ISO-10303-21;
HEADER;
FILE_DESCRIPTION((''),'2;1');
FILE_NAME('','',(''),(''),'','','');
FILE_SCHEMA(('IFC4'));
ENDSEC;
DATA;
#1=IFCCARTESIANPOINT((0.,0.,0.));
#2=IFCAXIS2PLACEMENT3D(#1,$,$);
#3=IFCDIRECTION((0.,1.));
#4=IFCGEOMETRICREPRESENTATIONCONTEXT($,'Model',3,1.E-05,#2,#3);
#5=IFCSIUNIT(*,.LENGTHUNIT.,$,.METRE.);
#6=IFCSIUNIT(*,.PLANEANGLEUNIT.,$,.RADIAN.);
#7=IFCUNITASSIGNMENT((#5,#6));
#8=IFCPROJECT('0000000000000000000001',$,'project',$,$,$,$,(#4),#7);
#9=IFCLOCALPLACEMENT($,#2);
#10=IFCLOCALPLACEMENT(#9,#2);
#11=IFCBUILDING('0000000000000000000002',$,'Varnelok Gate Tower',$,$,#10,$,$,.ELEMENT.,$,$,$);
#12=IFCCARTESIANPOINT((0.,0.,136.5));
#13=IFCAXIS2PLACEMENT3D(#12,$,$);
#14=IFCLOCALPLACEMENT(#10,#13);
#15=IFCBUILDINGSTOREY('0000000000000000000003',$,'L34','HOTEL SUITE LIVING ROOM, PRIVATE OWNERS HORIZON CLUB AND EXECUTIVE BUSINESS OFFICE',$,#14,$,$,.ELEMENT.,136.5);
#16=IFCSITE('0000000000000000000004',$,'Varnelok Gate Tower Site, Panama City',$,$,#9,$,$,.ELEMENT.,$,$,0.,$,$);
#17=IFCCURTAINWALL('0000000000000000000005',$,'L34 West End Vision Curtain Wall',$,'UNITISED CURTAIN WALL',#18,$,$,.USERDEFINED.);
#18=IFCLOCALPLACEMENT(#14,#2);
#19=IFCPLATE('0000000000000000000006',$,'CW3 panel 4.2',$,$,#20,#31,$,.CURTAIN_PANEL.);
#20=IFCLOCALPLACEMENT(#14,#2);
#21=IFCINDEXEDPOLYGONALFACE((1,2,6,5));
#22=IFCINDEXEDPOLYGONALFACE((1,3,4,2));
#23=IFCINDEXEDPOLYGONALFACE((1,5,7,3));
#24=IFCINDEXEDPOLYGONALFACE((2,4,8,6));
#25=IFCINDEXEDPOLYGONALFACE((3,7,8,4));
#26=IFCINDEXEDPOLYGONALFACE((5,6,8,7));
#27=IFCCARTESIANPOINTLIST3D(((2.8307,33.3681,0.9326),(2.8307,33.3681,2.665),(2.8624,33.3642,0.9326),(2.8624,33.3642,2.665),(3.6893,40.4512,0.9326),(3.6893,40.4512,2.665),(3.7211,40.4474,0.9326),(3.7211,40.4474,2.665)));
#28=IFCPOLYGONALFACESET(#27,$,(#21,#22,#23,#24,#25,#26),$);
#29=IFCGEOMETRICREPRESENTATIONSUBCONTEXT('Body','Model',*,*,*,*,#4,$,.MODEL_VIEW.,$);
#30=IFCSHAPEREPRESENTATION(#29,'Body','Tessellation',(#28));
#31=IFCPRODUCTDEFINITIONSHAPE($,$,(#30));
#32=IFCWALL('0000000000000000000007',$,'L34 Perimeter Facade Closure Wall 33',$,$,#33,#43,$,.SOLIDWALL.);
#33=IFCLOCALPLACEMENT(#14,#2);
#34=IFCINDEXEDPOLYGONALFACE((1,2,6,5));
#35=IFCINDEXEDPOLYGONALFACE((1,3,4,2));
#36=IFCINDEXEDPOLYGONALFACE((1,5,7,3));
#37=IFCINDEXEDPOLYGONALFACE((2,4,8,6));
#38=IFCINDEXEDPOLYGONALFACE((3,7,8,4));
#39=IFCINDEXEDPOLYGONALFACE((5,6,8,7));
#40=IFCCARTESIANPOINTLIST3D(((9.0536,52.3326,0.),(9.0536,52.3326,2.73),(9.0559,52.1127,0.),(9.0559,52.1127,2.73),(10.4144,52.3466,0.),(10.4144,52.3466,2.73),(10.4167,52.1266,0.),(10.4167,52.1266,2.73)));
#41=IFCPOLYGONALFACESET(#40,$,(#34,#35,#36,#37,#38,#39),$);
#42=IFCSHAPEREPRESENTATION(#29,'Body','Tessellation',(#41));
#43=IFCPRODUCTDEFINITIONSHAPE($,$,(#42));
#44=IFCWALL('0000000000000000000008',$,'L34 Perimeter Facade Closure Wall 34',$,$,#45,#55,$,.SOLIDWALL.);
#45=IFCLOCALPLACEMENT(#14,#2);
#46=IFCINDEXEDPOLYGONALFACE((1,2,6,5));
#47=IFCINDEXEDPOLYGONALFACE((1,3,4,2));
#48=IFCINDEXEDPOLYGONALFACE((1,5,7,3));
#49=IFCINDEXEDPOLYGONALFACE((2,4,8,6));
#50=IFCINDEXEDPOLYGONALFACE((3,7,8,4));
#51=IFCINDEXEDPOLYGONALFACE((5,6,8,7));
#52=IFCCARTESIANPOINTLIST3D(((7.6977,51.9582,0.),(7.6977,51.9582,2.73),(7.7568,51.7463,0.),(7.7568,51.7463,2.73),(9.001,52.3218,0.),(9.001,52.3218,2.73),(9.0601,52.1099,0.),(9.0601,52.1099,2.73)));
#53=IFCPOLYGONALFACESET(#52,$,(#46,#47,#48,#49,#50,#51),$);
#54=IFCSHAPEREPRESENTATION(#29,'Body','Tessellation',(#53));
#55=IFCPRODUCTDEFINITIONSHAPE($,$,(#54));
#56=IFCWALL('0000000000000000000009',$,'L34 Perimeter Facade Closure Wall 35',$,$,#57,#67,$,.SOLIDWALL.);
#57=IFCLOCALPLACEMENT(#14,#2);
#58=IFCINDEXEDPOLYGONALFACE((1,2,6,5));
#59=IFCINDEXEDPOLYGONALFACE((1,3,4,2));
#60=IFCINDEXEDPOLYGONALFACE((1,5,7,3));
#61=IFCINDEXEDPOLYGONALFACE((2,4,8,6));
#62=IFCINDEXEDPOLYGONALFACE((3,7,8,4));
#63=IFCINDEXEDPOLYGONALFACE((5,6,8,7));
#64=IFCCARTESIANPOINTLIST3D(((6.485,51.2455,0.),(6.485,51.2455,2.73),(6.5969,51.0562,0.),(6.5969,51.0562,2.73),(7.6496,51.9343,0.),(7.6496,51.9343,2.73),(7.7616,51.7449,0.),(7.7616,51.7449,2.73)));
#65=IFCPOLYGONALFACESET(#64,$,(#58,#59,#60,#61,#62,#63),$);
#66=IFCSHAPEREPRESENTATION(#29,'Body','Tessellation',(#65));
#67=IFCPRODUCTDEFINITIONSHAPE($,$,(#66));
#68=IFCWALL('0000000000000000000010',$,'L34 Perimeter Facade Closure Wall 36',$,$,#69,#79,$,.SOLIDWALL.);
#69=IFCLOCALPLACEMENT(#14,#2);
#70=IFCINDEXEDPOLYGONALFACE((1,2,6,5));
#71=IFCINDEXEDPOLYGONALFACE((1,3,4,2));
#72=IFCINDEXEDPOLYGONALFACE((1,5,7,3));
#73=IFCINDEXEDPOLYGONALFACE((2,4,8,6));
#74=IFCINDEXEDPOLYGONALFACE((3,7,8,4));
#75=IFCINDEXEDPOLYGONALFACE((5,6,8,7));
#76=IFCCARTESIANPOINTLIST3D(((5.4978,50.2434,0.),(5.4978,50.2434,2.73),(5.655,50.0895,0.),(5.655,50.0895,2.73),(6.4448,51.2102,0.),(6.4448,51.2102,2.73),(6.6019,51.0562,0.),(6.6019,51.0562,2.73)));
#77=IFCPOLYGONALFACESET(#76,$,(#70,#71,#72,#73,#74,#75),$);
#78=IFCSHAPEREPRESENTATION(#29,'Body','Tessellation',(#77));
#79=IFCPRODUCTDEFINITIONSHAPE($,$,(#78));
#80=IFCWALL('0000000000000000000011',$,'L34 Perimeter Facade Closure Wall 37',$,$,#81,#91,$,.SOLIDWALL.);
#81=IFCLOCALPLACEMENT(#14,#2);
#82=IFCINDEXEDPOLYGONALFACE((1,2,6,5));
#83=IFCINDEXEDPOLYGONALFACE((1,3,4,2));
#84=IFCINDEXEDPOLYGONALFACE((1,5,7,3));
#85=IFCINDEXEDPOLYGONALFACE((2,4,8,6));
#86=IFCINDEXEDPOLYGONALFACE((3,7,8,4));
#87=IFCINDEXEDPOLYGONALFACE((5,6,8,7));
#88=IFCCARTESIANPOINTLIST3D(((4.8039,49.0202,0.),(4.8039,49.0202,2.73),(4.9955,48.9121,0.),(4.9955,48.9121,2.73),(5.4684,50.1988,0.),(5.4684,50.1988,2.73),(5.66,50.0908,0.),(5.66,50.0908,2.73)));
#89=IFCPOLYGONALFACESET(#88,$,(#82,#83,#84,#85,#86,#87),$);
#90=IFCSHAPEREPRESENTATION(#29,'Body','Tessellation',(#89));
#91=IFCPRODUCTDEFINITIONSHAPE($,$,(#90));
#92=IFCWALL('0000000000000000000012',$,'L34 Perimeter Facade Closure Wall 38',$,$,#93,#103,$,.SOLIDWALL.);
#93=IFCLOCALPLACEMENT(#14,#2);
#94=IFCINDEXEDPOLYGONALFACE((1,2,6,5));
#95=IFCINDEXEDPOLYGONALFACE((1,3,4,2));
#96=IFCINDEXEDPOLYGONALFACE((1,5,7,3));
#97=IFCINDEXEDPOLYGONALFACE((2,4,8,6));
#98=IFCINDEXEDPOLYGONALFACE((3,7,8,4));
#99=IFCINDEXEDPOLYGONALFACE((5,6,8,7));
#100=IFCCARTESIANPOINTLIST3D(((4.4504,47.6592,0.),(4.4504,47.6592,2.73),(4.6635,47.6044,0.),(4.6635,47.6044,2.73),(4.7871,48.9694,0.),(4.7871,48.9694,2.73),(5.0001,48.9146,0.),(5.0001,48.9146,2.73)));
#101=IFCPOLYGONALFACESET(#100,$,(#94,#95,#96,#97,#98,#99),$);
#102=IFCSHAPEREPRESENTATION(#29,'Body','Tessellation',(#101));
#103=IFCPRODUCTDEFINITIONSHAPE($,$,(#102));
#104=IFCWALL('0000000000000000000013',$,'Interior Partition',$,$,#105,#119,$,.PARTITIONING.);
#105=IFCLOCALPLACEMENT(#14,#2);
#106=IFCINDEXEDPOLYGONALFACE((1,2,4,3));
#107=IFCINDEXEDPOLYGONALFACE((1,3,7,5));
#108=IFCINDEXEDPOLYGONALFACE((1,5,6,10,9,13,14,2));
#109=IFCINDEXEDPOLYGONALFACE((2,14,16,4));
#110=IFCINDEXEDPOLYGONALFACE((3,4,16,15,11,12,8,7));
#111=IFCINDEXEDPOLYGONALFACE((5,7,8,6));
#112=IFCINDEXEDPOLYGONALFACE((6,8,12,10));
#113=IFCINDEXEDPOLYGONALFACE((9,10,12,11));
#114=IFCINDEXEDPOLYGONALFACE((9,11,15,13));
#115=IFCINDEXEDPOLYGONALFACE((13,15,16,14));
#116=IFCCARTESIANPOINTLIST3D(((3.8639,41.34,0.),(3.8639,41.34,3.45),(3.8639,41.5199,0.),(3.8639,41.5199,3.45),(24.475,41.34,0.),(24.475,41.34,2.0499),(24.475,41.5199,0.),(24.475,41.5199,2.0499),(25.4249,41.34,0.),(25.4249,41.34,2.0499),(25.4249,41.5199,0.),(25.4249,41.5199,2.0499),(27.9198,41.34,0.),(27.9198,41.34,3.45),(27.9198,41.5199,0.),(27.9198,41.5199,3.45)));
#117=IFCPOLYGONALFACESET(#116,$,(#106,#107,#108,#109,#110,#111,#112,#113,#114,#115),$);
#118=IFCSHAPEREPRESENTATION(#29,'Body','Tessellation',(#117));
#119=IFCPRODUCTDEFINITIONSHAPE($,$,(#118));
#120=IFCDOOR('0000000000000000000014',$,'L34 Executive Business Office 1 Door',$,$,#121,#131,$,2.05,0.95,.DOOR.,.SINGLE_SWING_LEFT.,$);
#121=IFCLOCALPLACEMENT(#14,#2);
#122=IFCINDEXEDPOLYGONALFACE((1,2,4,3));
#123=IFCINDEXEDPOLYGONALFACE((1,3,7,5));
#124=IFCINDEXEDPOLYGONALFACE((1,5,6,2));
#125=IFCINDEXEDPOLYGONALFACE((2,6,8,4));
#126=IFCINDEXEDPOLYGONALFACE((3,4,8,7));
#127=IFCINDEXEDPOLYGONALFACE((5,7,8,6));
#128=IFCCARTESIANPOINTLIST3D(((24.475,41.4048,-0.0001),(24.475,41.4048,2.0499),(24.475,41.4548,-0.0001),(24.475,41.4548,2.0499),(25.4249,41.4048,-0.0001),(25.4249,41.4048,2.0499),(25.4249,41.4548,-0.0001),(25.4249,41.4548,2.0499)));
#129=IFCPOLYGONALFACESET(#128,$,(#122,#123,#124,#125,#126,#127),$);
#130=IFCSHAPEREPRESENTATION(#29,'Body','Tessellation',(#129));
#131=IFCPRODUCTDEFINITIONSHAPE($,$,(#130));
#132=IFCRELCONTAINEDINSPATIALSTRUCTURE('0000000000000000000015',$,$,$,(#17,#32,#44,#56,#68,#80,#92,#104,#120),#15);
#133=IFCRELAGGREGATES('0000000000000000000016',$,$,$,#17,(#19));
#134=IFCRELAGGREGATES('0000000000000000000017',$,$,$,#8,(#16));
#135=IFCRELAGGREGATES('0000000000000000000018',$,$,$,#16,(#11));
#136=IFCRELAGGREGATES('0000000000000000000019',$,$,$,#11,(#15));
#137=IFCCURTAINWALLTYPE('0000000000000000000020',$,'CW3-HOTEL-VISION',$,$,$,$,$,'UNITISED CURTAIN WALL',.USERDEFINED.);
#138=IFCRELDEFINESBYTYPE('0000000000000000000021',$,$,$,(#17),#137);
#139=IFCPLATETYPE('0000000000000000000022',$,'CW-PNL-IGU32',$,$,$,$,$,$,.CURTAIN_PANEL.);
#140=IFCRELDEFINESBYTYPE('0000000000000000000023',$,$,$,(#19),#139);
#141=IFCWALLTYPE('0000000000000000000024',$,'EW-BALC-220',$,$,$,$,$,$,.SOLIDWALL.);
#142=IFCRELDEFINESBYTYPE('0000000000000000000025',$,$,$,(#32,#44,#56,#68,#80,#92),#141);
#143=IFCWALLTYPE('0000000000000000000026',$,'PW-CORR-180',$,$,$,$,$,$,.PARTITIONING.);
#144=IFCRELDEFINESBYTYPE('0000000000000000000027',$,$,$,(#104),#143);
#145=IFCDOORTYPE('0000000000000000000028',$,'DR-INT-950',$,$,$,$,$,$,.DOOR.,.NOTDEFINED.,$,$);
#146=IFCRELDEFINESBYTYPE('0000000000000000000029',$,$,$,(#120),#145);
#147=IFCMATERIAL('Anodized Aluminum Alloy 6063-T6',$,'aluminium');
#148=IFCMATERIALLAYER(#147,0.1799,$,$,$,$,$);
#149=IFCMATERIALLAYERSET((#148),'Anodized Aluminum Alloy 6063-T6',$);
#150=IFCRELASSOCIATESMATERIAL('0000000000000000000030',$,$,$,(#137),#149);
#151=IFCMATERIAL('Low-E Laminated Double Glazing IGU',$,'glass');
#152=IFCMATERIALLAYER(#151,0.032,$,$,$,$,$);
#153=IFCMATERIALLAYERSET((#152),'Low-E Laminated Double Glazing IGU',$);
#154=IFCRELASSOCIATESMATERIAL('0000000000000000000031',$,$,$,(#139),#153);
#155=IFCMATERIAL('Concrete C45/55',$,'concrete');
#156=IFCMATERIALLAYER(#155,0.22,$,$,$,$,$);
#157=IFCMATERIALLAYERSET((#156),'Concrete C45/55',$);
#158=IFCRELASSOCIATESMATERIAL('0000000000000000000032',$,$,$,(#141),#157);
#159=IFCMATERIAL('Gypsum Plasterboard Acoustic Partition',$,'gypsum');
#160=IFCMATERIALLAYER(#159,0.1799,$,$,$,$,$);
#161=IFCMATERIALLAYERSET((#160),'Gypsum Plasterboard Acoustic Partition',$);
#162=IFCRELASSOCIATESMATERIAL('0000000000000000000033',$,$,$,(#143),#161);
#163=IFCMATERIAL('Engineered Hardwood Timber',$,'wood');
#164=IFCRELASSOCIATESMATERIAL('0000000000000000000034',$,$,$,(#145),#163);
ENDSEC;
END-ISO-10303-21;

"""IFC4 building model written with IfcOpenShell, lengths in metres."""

from ifc_helpers import new_model, si_unit, direction, frame, frame_2d, origin, origin_2d, place, context, subcontext, project, spatial, rectangle, extrude, source, transform, mapped, material, layer, layer_set, type_object, element, fill, aggregate, save


model = new_model("IFC4")

# Units and contexts
model_context = context("Model", 3, precision=1e-05, world=origin(), true_north=direction((0.0, 1.0)))
body_context = subcontext(model_context, "Body", "Model", "MODEL_VIEW")
ifc_project = project(units=[si_unit("LENGTHUNIT", "METRE"), si_unit("PLANEANGLEUNIT", "RADIAN")], contexts=[model_context])

# Site, building, storey
site_placement = place(None, origin())
site = spatial("IfcSite", under=ifc_project, at=site_placement, Name="Varnelok Gate Tower Site, Panama City", CompositionType="ELEMENT", RefElevation=0.0)
building_placement = place(site_placement, origin())
building = spatial("IfcBuilding", under=site, at=building_placement, Name="Varnelok Gate Tower", CompositionType="ELEMENT")
storey_placement = place(building_placement, frame((0.0, 0.0, 136.5)))
storey = spatial("IfcBuildingStorey", under=building, at=storey_placement, Name="L34", Description="HOTEL SUITE LIVING ROOM, PRIVATE OWNERS HORIZON CLUB AND EXECUTIVE BUSINESS OFFICE", CompositionType="ELEMENT", Elevation=136.5)

# Curtain wall, plate
ifc_material_1 = material(Name="Anodized Aluminum Alloy 6063-T6", Category="aluminium")
ifc_layer_1 = layer(ifc_material_1, 0.1799)
ifc_layer_set_1 = layer_set([ifc_layer_1], Name="Anodized Aluminum Alloy 6063-T6")
curtain_wall_type = type_object("IfcCurtainWallType", Name="CW3-HOTEL-VISION", ElementType="UNITISED CURTAIN WALL", PredefinedType="USERDEFINED", material=ifc_layer_set_1)
curtain_wall_placement = place(storey_placement, origin())
curtain_wall = element("IfcCurtainWall", 1, at=curtain_wall_placement, inside=storey, type_object=curtain_wall_type, Name="L34 West End Vision Curtain Wall", ObjectType="UNITISED CURTAIN WALL", PredefinedType="USERDEFINED")
ifc_material_2 = material(Name="Low-E Laminated Double Glazing IGU", Category="glass")
ifc_layer_2 = layer(ifc_material_2, 0.032)
ifc_layer_set_2 = layer_set([ifc_layer_2], Name="Low-E Laminated Double Glazing IGU")
plate_type = type_object("IfcPlateType", Name="CW-PNL-IGU32", PredefinedType="CURTAIN_PANEL", material=ifc_layer_set_2)
shared_shape_1 = source(origin(), body_context, "Body", "SweptSolid", [
    extrude(rectangle(XDim=7.135, YDim=0.032, at=origin_2d()), origin(), (0.0, 0.0, 1.0), 1.7324),
])
plate_1_placement = place(storey_placement, frame((3.2759, 36.9077, 0.9326), z_axis=(0.0, 0.0, 1.0), x_axis=(0.120347, 0.992732, 0.0)))
plate_1 = element("IfcPlate", 2, at=plate_1_placement, type_object=plate_type, Name="CW3 panel 4.2", PredefinedType="CURTAIN_PANEL", context=body_context, shape_type="MappedRepresentation", body=[
    mapped(shared_shape_1, transform((0.0, 0.0, 0.0), scale=1.0)),
])
aggregate(curtain_wall, [plate_1])

# Walls
ifc_material_3 = material(Name="Concrete C45/55", Category="concrete")
ifc_layer_3 = layer(ifc_material_3, 0.22)
ifc_layer_set_3 = layer_set([ifc_layer_3], Name="Concrete C45/55")
wall_type_1 = type_object("IfcWallType", Name="EW-BALC-220", PredefinedType="SOLIDWALL", material=ifc_layer_set_3)
wall_1_placement = place(storey_placement, frame((10.4155, 52.2366, 0.0), z_axis=(0.0, 0.0, 1.0), x_axis=(-0.999948, -0.010226, 0.0)))
element("IfcWall", 3, at=wall_1_placement, inside=storey, type_object=wall_type_1, Name="L34 Perimeter Facade Closure Wall 33", PredefinedType="SOLIDWALL", context=body_context, shape_type="SweptSolid", body=[
    extrude(rectangle(XDim=1.3608, YDim=0.22, at=frame_2d((0.6804, 0.0))), origin(), (0.0, 0.0, 1.0), 2.73),
])
for number, where, z_axis, x_axis, name in (
    (4, (9.0305, 52.2158, 0.0), (0.0, 0.0, 1.0), (-0.963228, -0.268686, 0.0), "L34 Perimeter Facade Closure Wall 34"),
    (5, (7.7056, 51.8396, 0.0), (0.0, 0.0, 1.0), (-0.86074, -0.509045, 0.0), "L34 Perimeter Facade Closure Wall 35"),
):
    element("IfcWall", number, at=place(storey_placement, frame(where, z_axis=z_axis, x_axis=x_axis)), inside=storey, type_object=wall_type_1, Name=name, PredefinedType="SOLIDWALL", context=body_context, shape_type="SweptSolid", body=[
        extrude(rectangle(XDim=1.353, YDim=0.22, at=frame_2d((0.6765, 0.0))), origin(), (0.0, 0.0, 1.0), 2.73),
    ])
wall_2_placement = place(storey_placement, frame((6.5234, 51.1333, 0.0), z_axis=(0.0, 0.0, 1.0), x_axis=(-0.699763, -0.714375, 0.0)))
element("IfcWall", 6, at=wall_2_placement, inside=storey, type_object=wall_type_1, Name="L34 Perimeter Facade Closure Wall 36", PredefinedType="SOLIDWALL", context=body_context, shape_type="SweptSolid", body=[
    extrude(rectangle(XDim=1.3533, YDim=0.22, at=frame_2d((0.6768, 0.0))), origin(), (0.0, 0.0, 1.0), 2.73),
])
wall_3_placement = place(storey_placement, frame((5.5642, 50.1448, 0.0), z_axis=(0.0, 0.0, 1.0), x_axis=(-0.491118, -0.871093, 0.0)))
element("IfcWall", 7, at=wall_3_placement, inside=storey, type_object=wall_type_1, Name="L34 Perimeter Facade Closure Wall 37", PredefinedType="SOLIDWALL", context=body_context, shape_type="SweptSolid", body=[
    extrude(rectangle(XDim=1.353, YDim=0.22, at=frame_2d((0.6765, 0.0))), origin(), (0.0, 0.0, 1.0), 2.73),
])
wall_4_placement = place(storey_placement, frame((4.8936, 48.9419, 0.0), z_axis=(0.0, 0.0, 1.0), x_axis=(-0.248857, -0.96854, 0.0)))
element("IfcWall", 8, at=wall_4_placement, inside=storey, type_object=wall_type_1, Name="L34 Perimeter Facade Closure Wall 38", PredefinedType="SOLIDWALL", context=body_context, shape_type="SweptSolid", body=[
    extrude(rectangle(XDim=1.3528, YDim=0.22, at=frame_2d((0.6763, 0.0))), origin(), (0.0, 0.0, 1.0), 2.73),
])

# Wall, opening, door
ifc_material_4 = material(Name="Gypsum Plasterboard Acoustic Partition", Category="gypsum")
ifc_layer_4 = layer(ifc_material_4, 0.1799)
ifc_layer_set_4 = layer_set([ifc_layer_4], Name="Gypsum Plasterboard Acoustic Partition")
wall_type_2 = type_object("IfcWallType", Name="PW-CORR-180", PredefinedType="PARTITIONING", material=ifc_layer_set_4)
wall_5_placement = place(storey_placement, frame((3.864, 41.4299, 0.0), z_axis=(0.0, 0.0, 1.0), x_axis=(1.0, 0.0, 0.0)))
wall_5 = element("IfcWall", 9, at=wall_5_placement, inside=storey, type_object=wall_type_2, Name="Interior Partition", PredefinedType="PARTITIONING", context=body_context, shape_type="SweptSolid", body=[
    extrude(rectangle(XDim=24.0559, YDim=0.1799, at=frame_2d((12.0278, 0.0))), origin(), (0.0, 0.0, 1.0), 3.45),
])
opening_placement = place(wall_5_placement, frame((20.6108, 0.0, 0.0)))
opening = element("IfcOpeningElement", 10, at=opening_placement, cuts=wall_5, PredefinedType="OPENING", context=body_context, shape_type="SweptSolid", body=[
    extrude(rectangle(XDim=0.95, YDim=2.05, at=frame_2d((0.4751, 1.0249))), frame((0.0, 0.0999, 0.0), z_axis=(0.0, -1.0, 0.0), x_axis=(1.0, 0.0, 0.0)), (0.0, 0.0, 1.0), 0.2),
])
ifc_material_5 = material(Name="Engineered Hardwood Timber", Category="wood")
door_type = type_object("IfcDoorType", Name="DR-INT-950", OperationType="NOTDEFINED", PredefinedType="DOOR", material=ifc_material_5)
door_placement = place(opening_placement, origin())
door = element("IfcDoor", 11, at=door_placement, inside=storey, type_object=door_type, Name="L34 Executive Business Office 1 Door", OperationType="SINGLE_SWING_LEFT", OverallHeight=2.05, OverallWidth=0.95, PredefinedType="DOOR", context=body_context, shape_type="SweptSolid", body=[
    extrude(rectangle(XDim=0.95, YDim=2.05, at=frame_2d((0.4751, 1.0249))), frame((0.0, 0.0249, 0.0), z_axis=(0.0, -1.0, 0.0), x_axis=(1.0, 0.0, 0.0)), (0.0, 0.0, 1.0), 0.05),
])
fill(opening, door)

save(model, "model.ifc")
